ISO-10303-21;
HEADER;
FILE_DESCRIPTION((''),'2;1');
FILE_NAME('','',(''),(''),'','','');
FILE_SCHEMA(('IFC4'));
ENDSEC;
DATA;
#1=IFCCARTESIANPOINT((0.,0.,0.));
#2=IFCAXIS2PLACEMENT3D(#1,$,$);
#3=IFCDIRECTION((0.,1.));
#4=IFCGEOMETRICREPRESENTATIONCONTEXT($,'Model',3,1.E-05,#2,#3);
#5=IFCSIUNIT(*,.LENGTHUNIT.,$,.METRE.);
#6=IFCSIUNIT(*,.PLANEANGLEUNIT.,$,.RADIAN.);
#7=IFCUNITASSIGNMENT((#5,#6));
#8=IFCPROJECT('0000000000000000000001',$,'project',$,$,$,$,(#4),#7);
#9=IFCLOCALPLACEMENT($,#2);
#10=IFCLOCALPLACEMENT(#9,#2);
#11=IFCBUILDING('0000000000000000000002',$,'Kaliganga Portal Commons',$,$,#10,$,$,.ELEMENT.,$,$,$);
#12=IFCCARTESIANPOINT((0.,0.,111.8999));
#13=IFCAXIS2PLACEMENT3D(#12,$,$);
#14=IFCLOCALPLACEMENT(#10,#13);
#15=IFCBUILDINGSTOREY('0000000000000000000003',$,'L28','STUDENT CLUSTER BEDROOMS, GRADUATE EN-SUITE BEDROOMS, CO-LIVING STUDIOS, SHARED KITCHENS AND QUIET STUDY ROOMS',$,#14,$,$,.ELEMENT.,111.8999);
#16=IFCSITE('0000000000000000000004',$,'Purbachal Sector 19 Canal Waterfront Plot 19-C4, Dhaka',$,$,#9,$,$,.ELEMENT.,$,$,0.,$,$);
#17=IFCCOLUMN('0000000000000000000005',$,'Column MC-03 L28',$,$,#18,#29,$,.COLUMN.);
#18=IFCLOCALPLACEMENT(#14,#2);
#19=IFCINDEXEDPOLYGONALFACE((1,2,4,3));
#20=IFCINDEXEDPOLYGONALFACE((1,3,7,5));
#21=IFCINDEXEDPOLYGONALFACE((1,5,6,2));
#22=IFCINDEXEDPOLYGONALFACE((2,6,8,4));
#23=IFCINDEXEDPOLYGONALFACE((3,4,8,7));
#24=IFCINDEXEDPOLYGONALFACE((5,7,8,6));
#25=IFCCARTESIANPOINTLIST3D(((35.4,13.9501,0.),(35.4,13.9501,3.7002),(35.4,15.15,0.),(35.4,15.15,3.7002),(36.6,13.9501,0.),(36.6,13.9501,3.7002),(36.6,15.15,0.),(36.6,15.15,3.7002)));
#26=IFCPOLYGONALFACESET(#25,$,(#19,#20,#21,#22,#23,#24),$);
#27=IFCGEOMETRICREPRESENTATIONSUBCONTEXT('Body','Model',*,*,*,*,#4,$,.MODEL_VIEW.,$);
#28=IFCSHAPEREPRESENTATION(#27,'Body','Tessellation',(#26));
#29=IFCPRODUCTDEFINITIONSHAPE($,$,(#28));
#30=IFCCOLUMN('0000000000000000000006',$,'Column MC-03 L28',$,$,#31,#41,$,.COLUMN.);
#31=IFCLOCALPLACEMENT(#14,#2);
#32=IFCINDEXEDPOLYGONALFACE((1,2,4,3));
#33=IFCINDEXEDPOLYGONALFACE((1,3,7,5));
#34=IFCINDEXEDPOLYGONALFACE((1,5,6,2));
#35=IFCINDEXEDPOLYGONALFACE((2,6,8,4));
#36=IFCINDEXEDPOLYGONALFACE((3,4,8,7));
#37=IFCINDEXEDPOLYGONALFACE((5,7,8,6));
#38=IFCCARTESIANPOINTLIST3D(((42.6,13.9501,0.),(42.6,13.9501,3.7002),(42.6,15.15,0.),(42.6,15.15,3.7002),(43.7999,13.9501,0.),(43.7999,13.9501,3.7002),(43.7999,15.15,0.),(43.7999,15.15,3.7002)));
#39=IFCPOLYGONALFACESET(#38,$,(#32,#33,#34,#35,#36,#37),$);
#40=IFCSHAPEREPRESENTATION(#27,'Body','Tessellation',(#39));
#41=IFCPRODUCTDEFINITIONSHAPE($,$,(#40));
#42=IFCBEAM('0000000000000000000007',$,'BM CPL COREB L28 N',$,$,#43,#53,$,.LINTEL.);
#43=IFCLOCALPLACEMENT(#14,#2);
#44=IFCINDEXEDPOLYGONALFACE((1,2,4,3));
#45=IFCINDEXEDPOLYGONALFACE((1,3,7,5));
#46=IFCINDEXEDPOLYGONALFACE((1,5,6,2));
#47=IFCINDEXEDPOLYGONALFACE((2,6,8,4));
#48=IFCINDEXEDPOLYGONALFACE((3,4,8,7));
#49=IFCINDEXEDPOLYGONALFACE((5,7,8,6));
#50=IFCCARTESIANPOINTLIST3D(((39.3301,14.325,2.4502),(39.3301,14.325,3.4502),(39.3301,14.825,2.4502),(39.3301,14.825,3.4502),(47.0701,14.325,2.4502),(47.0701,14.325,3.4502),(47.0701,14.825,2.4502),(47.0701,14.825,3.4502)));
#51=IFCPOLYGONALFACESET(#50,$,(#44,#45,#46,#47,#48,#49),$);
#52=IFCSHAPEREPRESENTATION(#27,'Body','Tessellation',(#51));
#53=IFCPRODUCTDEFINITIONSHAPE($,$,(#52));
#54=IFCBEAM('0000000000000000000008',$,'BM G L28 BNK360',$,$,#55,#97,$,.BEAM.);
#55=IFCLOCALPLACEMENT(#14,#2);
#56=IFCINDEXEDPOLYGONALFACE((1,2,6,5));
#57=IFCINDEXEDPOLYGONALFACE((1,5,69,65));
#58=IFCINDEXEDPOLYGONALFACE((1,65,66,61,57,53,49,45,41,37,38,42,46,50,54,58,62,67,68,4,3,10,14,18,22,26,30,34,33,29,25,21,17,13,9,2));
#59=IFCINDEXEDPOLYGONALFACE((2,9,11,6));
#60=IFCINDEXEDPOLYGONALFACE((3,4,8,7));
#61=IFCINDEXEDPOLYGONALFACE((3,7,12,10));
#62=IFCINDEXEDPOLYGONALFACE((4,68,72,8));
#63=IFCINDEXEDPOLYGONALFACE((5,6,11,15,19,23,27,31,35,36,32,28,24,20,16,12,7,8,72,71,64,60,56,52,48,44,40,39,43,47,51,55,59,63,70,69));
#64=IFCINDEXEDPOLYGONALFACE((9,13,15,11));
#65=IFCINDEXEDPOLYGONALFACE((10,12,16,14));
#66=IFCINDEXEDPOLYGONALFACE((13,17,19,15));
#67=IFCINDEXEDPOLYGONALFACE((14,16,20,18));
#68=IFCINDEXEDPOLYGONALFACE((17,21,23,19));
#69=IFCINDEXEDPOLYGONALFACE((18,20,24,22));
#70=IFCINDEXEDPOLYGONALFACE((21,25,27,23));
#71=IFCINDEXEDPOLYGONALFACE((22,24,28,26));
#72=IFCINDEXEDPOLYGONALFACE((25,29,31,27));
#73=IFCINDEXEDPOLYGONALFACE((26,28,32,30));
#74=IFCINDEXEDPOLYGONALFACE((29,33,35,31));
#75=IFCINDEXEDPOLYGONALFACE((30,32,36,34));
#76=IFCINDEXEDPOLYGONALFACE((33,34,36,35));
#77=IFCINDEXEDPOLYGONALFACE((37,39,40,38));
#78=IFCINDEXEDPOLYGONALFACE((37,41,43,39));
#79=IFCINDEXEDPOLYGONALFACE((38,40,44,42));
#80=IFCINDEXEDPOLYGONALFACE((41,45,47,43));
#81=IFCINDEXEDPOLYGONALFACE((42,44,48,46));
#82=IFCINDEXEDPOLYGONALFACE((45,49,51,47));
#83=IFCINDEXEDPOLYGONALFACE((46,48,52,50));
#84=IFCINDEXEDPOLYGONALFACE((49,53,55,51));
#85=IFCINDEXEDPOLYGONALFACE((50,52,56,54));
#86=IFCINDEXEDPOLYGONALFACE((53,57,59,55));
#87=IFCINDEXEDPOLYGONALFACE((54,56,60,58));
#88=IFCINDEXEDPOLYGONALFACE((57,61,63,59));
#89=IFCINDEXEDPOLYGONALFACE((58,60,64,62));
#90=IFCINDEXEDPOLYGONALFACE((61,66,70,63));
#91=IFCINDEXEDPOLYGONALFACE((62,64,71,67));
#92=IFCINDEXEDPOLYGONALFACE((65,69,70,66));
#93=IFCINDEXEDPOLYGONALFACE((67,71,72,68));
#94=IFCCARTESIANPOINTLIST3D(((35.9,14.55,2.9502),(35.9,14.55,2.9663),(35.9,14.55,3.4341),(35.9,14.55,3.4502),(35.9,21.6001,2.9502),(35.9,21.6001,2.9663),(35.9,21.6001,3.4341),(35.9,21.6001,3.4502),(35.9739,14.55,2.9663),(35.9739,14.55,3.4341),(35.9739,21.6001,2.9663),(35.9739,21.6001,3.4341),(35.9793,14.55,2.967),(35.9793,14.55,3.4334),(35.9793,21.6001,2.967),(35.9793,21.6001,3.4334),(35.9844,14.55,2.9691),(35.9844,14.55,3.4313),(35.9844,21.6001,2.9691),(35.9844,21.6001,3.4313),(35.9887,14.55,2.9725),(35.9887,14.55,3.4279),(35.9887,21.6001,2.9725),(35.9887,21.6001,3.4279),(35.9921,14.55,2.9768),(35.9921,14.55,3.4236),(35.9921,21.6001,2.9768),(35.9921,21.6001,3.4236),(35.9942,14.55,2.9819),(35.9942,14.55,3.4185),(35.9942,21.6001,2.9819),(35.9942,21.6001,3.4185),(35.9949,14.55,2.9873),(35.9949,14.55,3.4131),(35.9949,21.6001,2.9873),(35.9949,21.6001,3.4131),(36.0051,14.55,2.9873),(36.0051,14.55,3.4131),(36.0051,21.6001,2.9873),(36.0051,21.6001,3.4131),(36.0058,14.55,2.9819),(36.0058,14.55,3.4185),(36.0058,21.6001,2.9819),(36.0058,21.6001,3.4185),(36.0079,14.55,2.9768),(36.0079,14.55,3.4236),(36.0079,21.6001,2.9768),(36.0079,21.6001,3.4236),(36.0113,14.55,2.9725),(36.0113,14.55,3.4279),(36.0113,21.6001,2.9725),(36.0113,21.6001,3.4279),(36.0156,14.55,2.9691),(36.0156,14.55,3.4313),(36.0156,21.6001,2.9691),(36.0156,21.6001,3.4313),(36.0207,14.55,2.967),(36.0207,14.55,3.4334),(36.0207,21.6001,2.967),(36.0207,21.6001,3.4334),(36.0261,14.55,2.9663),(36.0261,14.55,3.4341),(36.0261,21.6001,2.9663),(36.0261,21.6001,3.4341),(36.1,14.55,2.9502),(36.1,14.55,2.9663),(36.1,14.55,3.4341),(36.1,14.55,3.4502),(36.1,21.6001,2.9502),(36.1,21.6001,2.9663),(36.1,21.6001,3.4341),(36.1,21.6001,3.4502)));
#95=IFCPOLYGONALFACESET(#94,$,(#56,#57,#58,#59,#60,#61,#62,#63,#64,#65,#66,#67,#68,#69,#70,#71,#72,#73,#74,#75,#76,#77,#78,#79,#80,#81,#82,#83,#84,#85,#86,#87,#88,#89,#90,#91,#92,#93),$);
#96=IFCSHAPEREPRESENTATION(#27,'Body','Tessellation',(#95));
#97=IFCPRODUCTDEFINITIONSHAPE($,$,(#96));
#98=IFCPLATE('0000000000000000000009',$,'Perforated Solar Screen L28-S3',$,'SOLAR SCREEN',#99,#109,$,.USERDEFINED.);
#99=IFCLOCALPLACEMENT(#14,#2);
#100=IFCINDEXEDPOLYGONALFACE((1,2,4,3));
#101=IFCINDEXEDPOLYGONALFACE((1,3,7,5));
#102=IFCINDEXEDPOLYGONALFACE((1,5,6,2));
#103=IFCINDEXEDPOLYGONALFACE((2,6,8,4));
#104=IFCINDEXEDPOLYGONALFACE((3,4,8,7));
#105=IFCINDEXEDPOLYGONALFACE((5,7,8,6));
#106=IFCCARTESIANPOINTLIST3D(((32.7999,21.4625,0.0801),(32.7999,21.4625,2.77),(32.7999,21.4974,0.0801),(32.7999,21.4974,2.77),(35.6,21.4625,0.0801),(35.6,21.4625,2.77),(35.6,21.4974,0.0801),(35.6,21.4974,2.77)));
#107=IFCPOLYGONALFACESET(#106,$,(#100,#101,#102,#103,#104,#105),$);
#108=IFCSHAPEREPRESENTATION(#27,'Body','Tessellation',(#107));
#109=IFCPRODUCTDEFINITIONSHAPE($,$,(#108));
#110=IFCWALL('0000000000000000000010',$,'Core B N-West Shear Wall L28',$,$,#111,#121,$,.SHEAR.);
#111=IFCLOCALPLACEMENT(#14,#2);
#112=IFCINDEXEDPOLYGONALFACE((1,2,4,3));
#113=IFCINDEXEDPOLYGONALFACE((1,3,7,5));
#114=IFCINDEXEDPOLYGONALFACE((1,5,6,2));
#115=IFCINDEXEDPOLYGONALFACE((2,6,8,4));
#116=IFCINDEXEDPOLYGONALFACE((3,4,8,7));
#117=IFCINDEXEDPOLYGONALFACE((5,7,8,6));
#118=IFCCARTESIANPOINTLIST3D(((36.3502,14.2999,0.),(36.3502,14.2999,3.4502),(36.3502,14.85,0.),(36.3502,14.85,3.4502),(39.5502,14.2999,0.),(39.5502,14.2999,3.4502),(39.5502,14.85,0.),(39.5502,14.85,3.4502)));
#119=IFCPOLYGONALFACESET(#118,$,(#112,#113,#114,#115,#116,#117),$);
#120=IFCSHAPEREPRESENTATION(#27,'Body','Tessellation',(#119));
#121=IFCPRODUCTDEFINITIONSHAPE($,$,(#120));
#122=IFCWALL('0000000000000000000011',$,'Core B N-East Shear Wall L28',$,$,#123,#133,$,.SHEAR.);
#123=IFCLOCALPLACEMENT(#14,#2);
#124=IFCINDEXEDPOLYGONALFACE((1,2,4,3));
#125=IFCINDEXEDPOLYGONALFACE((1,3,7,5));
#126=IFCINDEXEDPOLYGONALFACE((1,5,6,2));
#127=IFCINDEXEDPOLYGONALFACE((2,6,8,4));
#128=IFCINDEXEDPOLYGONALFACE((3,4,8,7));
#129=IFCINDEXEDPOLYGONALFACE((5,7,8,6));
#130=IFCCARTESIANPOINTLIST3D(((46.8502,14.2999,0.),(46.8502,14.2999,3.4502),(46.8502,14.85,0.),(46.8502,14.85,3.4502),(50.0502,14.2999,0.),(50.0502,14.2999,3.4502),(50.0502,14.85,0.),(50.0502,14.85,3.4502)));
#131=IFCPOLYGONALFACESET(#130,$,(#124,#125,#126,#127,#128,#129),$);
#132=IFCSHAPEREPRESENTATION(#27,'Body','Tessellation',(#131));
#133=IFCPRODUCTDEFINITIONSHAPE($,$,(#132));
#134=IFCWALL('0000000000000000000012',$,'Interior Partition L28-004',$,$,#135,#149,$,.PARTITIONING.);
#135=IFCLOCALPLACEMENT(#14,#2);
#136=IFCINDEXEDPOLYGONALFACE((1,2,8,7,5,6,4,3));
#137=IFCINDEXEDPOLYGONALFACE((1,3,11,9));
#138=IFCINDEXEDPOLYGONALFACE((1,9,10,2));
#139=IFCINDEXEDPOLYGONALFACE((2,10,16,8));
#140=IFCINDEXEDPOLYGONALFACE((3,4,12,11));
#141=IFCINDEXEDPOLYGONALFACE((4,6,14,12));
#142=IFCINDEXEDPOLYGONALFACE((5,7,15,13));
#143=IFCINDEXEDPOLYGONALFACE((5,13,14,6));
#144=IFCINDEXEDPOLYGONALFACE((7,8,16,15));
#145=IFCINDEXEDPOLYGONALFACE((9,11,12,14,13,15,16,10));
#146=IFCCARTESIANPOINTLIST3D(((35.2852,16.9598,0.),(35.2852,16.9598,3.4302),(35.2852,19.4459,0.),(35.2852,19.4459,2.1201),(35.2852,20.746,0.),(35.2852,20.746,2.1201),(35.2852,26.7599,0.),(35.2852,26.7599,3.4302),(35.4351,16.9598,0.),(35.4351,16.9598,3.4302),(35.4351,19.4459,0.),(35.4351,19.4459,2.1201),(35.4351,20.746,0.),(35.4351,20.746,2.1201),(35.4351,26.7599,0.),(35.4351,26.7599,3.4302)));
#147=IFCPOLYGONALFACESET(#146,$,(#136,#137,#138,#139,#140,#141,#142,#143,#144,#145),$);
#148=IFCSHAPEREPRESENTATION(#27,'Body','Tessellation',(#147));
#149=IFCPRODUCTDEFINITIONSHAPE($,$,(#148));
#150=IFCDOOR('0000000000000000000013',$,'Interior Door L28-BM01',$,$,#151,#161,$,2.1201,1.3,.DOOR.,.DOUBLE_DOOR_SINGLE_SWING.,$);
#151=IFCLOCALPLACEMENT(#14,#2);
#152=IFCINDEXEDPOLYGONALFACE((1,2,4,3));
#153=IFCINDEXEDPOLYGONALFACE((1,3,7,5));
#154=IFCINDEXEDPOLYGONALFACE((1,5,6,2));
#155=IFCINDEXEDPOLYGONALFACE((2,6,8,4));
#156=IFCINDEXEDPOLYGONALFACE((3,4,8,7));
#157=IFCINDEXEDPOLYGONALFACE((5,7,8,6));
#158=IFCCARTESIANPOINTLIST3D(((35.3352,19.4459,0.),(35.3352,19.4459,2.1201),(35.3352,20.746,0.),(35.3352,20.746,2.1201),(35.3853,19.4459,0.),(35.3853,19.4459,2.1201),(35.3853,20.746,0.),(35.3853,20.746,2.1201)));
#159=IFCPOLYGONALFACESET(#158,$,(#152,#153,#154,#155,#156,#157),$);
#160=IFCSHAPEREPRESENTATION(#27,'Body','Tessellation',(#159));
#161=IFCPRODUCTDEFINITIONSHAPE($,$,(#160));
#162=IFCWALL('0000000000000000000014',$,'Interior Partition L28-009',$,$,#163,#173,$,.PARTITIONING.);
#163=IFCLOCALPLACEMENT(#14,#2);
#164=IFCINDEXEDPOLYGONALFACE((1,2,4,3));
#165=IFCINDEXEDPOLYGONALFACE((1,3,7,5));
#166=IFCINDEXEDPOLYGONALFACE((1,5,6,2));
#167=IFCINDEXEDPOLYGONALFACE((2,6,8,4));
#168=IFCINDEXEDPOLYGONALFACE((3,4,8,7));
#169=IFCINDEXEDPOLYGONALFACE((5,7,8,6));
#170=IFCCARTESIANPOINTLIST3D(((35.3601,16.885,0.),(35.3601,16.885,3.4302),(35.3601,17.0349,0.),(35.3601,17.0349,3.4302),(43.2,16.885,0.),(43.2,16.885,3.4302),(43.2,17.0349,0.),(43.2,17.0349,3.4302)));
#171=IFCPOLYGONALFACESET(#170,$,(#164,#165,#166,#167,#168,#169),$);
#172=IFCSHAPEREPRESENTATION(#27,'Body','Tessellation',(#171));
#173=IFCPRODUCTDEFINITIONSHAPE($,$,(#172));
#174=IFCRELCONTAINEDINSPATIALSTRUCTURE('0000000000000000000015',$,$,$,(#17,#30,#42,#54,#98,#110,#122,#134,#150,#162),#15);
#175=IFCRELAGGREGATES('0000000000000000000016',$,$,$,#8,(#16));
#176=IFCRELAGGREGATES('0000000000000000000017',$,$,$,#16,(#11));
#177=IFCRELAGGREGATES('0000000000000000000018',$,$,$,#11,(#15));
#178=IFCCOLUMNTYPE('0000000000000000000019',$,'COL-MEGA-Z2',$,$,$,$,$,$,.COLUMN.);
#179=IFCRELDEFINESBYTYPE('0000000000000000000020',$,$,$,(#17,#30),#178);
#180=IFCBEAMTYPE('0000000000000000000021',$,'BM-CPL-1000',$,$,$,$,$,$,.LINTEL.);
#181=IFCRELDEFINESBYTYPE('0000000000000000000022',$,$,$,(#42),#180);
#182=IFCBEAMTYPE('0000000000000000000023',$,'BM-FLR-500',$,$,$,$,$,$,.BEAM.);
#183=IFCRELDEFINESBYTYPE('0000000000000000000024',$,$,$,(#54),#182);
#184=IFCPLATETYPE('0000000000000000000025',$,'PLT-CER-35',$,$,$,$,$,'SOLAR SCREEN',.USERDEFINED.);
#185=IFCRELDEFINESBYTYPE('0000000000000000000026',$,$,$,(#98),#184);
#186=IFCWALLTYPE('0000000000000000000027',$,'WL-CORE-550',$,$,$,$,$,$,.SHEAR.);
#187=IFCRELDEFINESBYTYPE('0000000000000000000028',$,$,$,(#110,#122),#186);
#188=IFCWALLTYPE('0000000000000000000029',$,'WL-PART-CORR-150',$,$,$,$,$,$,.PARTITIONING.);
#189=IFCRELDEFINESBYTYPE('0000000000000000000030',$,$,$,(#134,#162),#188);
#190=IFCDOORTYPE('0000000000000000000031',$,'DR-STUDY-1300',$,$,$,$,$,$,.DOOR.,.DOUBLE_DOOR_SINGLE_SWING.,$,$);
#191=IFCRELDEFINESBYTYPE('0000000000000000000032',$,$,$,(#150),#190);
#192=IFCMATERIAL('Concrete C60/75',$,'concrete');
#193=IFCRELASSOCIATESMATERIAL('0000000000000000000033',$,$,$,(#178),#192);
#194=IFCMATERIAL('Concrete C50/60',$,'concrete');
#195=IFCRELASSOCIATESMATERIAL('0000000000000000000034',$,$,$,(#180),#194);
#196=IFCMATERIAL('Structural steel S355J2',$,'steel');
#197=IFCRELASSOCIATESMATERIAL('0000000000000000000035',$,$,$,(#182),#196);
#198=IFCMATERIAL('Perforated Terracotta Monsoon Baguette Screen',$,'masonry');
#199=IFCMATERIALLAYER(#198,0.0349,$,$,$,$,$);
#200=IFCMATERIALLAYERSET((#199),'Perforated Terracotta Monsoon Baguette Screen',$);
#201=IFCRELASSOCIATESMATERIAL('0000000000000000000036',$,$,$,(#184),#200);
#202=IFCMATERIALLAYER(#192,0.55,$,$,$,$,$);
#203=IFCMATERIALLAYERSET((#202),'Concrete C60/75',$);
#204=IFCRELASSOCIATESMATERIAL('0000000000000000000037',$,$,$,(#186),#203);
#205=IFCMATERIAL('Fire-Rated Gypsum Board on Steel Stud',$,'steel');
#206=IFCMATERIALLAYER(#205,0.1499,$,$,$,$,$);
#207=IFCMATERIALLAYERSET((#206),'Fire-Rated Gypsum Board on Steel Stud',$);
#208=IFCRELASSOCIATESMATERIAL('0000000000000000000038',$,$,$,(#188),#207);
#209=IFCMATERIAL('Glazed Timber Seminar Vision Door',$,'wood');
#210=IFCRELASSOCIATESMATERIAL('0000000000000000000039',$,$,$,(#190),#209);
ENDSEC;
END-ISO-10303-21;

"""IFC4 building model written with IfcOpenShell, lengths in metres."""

from ifc_helpers import new_model, si_unit, direction, frame, frame_2d, origin, origin_2d, place, context, subcontext, project, spatial, rectangle, i_section, extrude, source, transform, mapped, material, layer, layer_set, material_profile, profile_set, type_object, element, fill, save


model = new_model("IFC4")

# Units and contexts
model_context = context("Model", 3, precision=1e-05, world=origin(), true_north=direction((0.0, 1.0)))
body_context = subcontext(model_context, "Body", "Model", "MODEL_VIEW")
ifc_project = project(units=[si_unit("LENGTHUNIT", "METRE"), si_unit("PLANEANGLEUNIT", "RADIAN")], contexts=[model_context])

# Site, building, storey
site_placement = place(None, origin())
site = spatial("IfcSite", under=ifc_project, at=site_placement, Name="Purbachal Sector 19 Canal Waterfront Plot 19-C4, Dhaka", CompositionType="ELEMENT", RefElevation=0.0)
building_placement = place(site_placement, origin())
building = spatial("IfcBuilding", under=site, at=building_placement, Name="Kaliganga Portal Commons", CompositionType="ELEMENT")
storey_placement = place(building_placement, frame((0.0, 0.0, 111.8999)))
storey = spatial("IfcBuildingStorey", under=building, at=storey_placement, Name="L28", Description="STUDENT CLUSTER BEDROOMS, GRADUATE EN-SUITE BEDROOMS, CO-LIVING STUDIOS, SHARED KITCHENS AND QUIET STUDY ROOMS", CompositionType="ELEMENT", Elevation=111.8999)

# Columns
ifc_material_1 = material(Name="Concrete C60/75", Category="concrete")
ifc_material_profile_1 = material_profile(ifc_material_1, rectangle(XDim=1.2, YDim=1.2, at=origin_2d()), Name="RC 1200x1200")
ifc_profile_set_1 = profile_set([ifc_material_profile_1], Name="Concrete C60/75")
column_type = type_object("IfcColumnType", Name="COL-MEGA-Z2", PredefinedType="COLUMN", material=ifc_profile_set_1)
shared_shape_1 = source(origin(), body_context, "Body", "SweptSolid", [
    extrude(rectangle(XDim=1.2, YDim=1.2, at=origin_2d()), origin(), (0.0, 0.0, 1.0), 3.7002),
])
for number, where, z_axis, x_axis, name in (
    (1, (36.0, 14.55, 0.0), (0.0, 0.0, 1.0), (1.0, 0.0, 0.0), "Column MC-03 L28"),
    (2, (43.2, 14.55, 0.0), (0.0, 0.0, 1.0), (1.0, 0.0, 0.0), "Column MC-03 L28"),
):
    element("IfcColumn", number, at=place(storey_placement, frame(where, z_axis=z_axis, x_axis=x_axis)), inside=storey, type_object=column_type, Name=name, PredefinedType="COLUMN", context=body_context, shape_type="MappedRepresentation", body=[
        mapped(shared_shape_1, transform((0.0, 0.0, 0.0), x_axis=(1.0, 0.0, 0.0), y_axis=(0.0, 1.0, 0.0), z_axis=(0.0, 0.0, 1.0), scale=1.0)),
    ])

# Beams
ifc_material_2 = material(Name="Concrete C50/60", Category="concrete")
ifc_material_profile_2 = material_profile(ifc_material_2, rectangle(XDim=0.5, YDim=1.0, at=origin_2d()), Name="RC 500x1000")
ifc_profile_set_2 = profile_set([ifc_material_profile_2], Name="Concrete C50/60")
beam_type_1 = type_object("IfcBeamType", Name="BM-CPL-1000", PredefinedType="LINTEL", material=ifc_profile_set_2)
shared_shape_2 = source(origin(), body_context, "Body", "SweptSolid", [
    extrude(rectangle(XDim=0.5, YDim=1.0, at=origin_2d()), origin(), (0.0, 0.0, 1.0), 7.74),
])
beam_1_placement = place(storey_placement, frame((39.3301, 14.575, 2.9502), z_axis=(1.0, 0.0, 0.0), x_axis=(0.0, 1.0, 0.0)))
element("IfcBeam", 3, at=beam_1_placement, inside=storey, type_object=beam_type_1, Name="BM CPL COREB L28 N", PredefinedType="LINTEL", context=body_context, shape_type="MappedRepresentation", body=[
    mapped(shared_shape_2, transform((0.0, 0.0, 0.0), x_axis=(1.0, 0.0, 0.0), y_axis=(0.0, 1.0, 0.0), z_axis=(0.0, 0.0, 1.0), scale=1.0)),
])
ifc_material_3 = material(Name="Structural steel S355J2", Category="steel")
ifc_material_profile_3 = material_profile(ifc_material_3, i_section(OverallWidth=0.2, OverallDepth=0.5, WebThickness=0.0103, FlangeThickness=0.0161, FilletRadius=0.021, at=origin_2d()), Name="IPE 500")
ifc_profile_set_3 = profile_set([ifc_material_profile_3], Name="Structural steel S355J2 wide-flange")
beam_type_2 = type_object("IfcBeamType", Name="BM-FLR-500", PredefinedType="BEAM", material=ifc_profile_set_3)
shared_shape_3 = source(origin(), body_context, "Body", "SweptSolid", [
    extrude(i_section(OverallWidth=0.2, OverallDepth=0.5, WebThickness=0.0103, FlangeThickness=0.0161, FilletRadius=0.021, at=origin_2d()), origin(), (0.0, 0.0, 1.0), 7.05),
])
beam_2_placement = place(storey_placement, frame((36.0, 14.55, 3.2002), z_axis=(0.0, 1.0, 0.0), x_axis=(-1.0, 0.0, 0.0)))
element("IfcBeam", 4, at=beam_2_placement, inside=storey, type_object=beam_type_2, Name="BM G L28 BNK360", PredefinedType="BEAM", context=body_context, shape_type="MappedRepresentation", body=[
    mapped(shared_shape_3, transform((0.0, 0.0, 0.0), x_axis=(1.0, 0.0, 0.0), y_axis=(0.0, 1.0, 0.0), z_axis=(0.0, 0.0, 1.0), scale=1.0)),
])

# Plate
ifc_material_4 = material(Name="Perforated Terracotta Monsoon Baguette Screen", Category="masonry")
ifc_layer_1 = layer(ifc_material_4, 0.0349)
ifc_layer_set_1 = layer_set([ifc_layer_1], Name="Perforated Terracotta Monsoon Baguette Screen")
plate_type = type_object("IfcPlateType", Name="PLT-CER-35", ElementType="SOLAR SCREEN", PredefinedType="USERDEFINED", material=ifc_layer_set_1)
shared_shape_4 = source(origin(), body_context, "Body", "SweptSolid", [
    extrude(rectangle(XDim=2.8, YDim=0.0349, at=origin_2d()), origin(), (0.0, 0.0, 1.0), 2.6899),
])
plate_placement = place(storey_placement, frame((34.2, 21.48, 0.0801), z_axis=(0.0, 0.0, 1.0), x_axis=(1.0, 0.0, 0.0)))
element("IfcPlate", 5, at=plate_placement, inside=storey, type_object=plate_type, Name="Perforated Solar Screen L28-S3", ObjectType="SOLAR SCREEN", PredefinedType="USERDEFINED", context=body_context, shape_type="MappedRepresentation", body=[
    mapped(shared_shape_4, transform((0.0, 0.0, 0.0), x_axis=(1.0, 0.0, 0.0), y_axis=(0.0, 1.0, 0.0), z_axis=(0.0, 0.0, 1.0), scale=1.0)),
])

# Walls
ifc_layer_2 = layer(ifc_material_1, 0.55)
ifc_layer_set_2 = layer_set([ifc_layer_2], Name="Concrete C60/75")
wall_type_1 = type_object("IfcWallType", Name="WL-CORE-550", PredefinedType="SHEAR", material=ifc_layer_set_2)
for number, where, z_axis, x_axis, name in (
    (6, (36.3501, 14.575, 0.0), (0.0, 0.0, 1.0), (1.0, 0.0, 0.0), "Core B N-West Shear Wall L28"),
    (7, (46.8501, 14.575, 0.0), (0.0, 0.0, 1.0), (1.0, 0.0, 0.0), "Core B N-East Shear Wall L28"),
):
    element("IfcWall", number, at=place(storey_placement, frame(where, z_axis=z_axis, x_axis=x_axis)), inside=storey, type_object=wall_type_1, Name=name, PredefinedType="SHEAR", context=body_context, shape_type="SweptSolid", body=[
        extrude(rectangle(XDim=3.2, YDim=0.55, at=frame_2d((1.6001, 0.0))), origin(), (0.0, 0.0, 1.0), 3.4502),
    ])

# Wall, opening, door
ifc_material_5 = material(Name="Fire-Rated Gypsum Board on Steel Stud", Category="steel")
ifc_layer_3 = layer(ifc_material_5, 0.1499)
ifc_layer_set_3 = layer_set([ifc_layer_3], Name="Fire-Rated Gypsum Board on Steel Stud")
wall_type_2 = type_object("IfcWallType", Name="WL-PART-CORR-150", PredefinedType="PARTITIONING", material=ifc_layer_set_3)
wall_1_placement = place(storey_placement, frame((35.3601, 16.96, 0.0), z_axis=(0.0, 0.0, 1.0), x_axis=(0.0, 1.0, 0.0)))
wall_1 = element("IfcWall", 8, at=wall_1_placement, inside=storey, type_object=wall_type_2, Name="Interior Partition L28-004", PredefinedType="PARTITIONING", context=body_context, shape_type="SweptSolid", body=[
    extrude(rectangle(XDim=9.8, YDim=0.1499, at=frame_2d((4.8999, 0.0))), origin(), (0.0, 0.0, 1.0), 3.4302),
])
opening_1_placement = place(wall_1_placement, frame((2.4861, 0.0, 0.0)))
opening_1 = element("IfcOpeningElement", 9, at=opening_1_placement, cuts=wall_1, PredefinedType="OPENING", context=body_context, shape_type="SweptSolid", body=[
    extrude(rectangle(XDim=1.3, YDim=2.1201, at=frame_2d((0.6499, 1.0601))), frame((0.0, 0.085, 0.0), z_axis=(0.0, -1.0, 0.0), x_axis=(1.0, 0.0, 0.0)), (0.0, 0.0, 1.0), 0.1699),
])
ifc_material_6 = material(Name="Glazed Timber Seminar Vision Door", Category="wood")
door_type_1 = type_object("IfcDoorType", Name="DR-STUDY-1300", OperationType="DOUBLE_DOOR_SINGLE_SWING", PredefinedType="DOOR", material=ifc_material_6)
door_1_placement = place(opening_1_placement, origin())
door_1 = element("IfcDoor", 10, at=door_1_placement, inside=storey, type_object=door_type_1, Name="Interior Door L28-BM01", OperationType="DOUBLE_DOOR_SINGLE_SWING", OverallHeight=2.1201, OverallWidth=1.3, PredefinedType="DOOR", context=body_context, shape_type="SweptSolid", body=[
    extrude(rectangle(XDim=1.3, YDim=2.1201, at=frame_2d((0.6499, 1.0601))), frame((0.0, 0.0249, 0.0), z_axis=(0.0, -1.0, 0.0), x_axis=(1.0, 0.0, 0.0)), (0.0, 0.0, 1.0), 0.05),
])
fill(opening_1, door_1)

# Wall
wall_2_placement = place(storey_placement, frame((35.3601, 16.96, 0.0), z_axis=(0.0, 0.0, 1.0), x_axis=(1.0, 0.0, 0.0)))
element("IfcWall", 11, at=wall_2_placement, inside=storey, type_object=wall_type_2, Name="Interior Partition L28-009", PredefinedType="PARTITIONING", context=body_context, shape_type="SweptSolid", body=[
    extrude(rectangle(XDim=7.8398, YDim=0.1499, at=frame_2d((3.9199, 0.0))), origin(), (0.0, 0.0, 1.0), 3.4302),
])

save(model, "model.ifc")
